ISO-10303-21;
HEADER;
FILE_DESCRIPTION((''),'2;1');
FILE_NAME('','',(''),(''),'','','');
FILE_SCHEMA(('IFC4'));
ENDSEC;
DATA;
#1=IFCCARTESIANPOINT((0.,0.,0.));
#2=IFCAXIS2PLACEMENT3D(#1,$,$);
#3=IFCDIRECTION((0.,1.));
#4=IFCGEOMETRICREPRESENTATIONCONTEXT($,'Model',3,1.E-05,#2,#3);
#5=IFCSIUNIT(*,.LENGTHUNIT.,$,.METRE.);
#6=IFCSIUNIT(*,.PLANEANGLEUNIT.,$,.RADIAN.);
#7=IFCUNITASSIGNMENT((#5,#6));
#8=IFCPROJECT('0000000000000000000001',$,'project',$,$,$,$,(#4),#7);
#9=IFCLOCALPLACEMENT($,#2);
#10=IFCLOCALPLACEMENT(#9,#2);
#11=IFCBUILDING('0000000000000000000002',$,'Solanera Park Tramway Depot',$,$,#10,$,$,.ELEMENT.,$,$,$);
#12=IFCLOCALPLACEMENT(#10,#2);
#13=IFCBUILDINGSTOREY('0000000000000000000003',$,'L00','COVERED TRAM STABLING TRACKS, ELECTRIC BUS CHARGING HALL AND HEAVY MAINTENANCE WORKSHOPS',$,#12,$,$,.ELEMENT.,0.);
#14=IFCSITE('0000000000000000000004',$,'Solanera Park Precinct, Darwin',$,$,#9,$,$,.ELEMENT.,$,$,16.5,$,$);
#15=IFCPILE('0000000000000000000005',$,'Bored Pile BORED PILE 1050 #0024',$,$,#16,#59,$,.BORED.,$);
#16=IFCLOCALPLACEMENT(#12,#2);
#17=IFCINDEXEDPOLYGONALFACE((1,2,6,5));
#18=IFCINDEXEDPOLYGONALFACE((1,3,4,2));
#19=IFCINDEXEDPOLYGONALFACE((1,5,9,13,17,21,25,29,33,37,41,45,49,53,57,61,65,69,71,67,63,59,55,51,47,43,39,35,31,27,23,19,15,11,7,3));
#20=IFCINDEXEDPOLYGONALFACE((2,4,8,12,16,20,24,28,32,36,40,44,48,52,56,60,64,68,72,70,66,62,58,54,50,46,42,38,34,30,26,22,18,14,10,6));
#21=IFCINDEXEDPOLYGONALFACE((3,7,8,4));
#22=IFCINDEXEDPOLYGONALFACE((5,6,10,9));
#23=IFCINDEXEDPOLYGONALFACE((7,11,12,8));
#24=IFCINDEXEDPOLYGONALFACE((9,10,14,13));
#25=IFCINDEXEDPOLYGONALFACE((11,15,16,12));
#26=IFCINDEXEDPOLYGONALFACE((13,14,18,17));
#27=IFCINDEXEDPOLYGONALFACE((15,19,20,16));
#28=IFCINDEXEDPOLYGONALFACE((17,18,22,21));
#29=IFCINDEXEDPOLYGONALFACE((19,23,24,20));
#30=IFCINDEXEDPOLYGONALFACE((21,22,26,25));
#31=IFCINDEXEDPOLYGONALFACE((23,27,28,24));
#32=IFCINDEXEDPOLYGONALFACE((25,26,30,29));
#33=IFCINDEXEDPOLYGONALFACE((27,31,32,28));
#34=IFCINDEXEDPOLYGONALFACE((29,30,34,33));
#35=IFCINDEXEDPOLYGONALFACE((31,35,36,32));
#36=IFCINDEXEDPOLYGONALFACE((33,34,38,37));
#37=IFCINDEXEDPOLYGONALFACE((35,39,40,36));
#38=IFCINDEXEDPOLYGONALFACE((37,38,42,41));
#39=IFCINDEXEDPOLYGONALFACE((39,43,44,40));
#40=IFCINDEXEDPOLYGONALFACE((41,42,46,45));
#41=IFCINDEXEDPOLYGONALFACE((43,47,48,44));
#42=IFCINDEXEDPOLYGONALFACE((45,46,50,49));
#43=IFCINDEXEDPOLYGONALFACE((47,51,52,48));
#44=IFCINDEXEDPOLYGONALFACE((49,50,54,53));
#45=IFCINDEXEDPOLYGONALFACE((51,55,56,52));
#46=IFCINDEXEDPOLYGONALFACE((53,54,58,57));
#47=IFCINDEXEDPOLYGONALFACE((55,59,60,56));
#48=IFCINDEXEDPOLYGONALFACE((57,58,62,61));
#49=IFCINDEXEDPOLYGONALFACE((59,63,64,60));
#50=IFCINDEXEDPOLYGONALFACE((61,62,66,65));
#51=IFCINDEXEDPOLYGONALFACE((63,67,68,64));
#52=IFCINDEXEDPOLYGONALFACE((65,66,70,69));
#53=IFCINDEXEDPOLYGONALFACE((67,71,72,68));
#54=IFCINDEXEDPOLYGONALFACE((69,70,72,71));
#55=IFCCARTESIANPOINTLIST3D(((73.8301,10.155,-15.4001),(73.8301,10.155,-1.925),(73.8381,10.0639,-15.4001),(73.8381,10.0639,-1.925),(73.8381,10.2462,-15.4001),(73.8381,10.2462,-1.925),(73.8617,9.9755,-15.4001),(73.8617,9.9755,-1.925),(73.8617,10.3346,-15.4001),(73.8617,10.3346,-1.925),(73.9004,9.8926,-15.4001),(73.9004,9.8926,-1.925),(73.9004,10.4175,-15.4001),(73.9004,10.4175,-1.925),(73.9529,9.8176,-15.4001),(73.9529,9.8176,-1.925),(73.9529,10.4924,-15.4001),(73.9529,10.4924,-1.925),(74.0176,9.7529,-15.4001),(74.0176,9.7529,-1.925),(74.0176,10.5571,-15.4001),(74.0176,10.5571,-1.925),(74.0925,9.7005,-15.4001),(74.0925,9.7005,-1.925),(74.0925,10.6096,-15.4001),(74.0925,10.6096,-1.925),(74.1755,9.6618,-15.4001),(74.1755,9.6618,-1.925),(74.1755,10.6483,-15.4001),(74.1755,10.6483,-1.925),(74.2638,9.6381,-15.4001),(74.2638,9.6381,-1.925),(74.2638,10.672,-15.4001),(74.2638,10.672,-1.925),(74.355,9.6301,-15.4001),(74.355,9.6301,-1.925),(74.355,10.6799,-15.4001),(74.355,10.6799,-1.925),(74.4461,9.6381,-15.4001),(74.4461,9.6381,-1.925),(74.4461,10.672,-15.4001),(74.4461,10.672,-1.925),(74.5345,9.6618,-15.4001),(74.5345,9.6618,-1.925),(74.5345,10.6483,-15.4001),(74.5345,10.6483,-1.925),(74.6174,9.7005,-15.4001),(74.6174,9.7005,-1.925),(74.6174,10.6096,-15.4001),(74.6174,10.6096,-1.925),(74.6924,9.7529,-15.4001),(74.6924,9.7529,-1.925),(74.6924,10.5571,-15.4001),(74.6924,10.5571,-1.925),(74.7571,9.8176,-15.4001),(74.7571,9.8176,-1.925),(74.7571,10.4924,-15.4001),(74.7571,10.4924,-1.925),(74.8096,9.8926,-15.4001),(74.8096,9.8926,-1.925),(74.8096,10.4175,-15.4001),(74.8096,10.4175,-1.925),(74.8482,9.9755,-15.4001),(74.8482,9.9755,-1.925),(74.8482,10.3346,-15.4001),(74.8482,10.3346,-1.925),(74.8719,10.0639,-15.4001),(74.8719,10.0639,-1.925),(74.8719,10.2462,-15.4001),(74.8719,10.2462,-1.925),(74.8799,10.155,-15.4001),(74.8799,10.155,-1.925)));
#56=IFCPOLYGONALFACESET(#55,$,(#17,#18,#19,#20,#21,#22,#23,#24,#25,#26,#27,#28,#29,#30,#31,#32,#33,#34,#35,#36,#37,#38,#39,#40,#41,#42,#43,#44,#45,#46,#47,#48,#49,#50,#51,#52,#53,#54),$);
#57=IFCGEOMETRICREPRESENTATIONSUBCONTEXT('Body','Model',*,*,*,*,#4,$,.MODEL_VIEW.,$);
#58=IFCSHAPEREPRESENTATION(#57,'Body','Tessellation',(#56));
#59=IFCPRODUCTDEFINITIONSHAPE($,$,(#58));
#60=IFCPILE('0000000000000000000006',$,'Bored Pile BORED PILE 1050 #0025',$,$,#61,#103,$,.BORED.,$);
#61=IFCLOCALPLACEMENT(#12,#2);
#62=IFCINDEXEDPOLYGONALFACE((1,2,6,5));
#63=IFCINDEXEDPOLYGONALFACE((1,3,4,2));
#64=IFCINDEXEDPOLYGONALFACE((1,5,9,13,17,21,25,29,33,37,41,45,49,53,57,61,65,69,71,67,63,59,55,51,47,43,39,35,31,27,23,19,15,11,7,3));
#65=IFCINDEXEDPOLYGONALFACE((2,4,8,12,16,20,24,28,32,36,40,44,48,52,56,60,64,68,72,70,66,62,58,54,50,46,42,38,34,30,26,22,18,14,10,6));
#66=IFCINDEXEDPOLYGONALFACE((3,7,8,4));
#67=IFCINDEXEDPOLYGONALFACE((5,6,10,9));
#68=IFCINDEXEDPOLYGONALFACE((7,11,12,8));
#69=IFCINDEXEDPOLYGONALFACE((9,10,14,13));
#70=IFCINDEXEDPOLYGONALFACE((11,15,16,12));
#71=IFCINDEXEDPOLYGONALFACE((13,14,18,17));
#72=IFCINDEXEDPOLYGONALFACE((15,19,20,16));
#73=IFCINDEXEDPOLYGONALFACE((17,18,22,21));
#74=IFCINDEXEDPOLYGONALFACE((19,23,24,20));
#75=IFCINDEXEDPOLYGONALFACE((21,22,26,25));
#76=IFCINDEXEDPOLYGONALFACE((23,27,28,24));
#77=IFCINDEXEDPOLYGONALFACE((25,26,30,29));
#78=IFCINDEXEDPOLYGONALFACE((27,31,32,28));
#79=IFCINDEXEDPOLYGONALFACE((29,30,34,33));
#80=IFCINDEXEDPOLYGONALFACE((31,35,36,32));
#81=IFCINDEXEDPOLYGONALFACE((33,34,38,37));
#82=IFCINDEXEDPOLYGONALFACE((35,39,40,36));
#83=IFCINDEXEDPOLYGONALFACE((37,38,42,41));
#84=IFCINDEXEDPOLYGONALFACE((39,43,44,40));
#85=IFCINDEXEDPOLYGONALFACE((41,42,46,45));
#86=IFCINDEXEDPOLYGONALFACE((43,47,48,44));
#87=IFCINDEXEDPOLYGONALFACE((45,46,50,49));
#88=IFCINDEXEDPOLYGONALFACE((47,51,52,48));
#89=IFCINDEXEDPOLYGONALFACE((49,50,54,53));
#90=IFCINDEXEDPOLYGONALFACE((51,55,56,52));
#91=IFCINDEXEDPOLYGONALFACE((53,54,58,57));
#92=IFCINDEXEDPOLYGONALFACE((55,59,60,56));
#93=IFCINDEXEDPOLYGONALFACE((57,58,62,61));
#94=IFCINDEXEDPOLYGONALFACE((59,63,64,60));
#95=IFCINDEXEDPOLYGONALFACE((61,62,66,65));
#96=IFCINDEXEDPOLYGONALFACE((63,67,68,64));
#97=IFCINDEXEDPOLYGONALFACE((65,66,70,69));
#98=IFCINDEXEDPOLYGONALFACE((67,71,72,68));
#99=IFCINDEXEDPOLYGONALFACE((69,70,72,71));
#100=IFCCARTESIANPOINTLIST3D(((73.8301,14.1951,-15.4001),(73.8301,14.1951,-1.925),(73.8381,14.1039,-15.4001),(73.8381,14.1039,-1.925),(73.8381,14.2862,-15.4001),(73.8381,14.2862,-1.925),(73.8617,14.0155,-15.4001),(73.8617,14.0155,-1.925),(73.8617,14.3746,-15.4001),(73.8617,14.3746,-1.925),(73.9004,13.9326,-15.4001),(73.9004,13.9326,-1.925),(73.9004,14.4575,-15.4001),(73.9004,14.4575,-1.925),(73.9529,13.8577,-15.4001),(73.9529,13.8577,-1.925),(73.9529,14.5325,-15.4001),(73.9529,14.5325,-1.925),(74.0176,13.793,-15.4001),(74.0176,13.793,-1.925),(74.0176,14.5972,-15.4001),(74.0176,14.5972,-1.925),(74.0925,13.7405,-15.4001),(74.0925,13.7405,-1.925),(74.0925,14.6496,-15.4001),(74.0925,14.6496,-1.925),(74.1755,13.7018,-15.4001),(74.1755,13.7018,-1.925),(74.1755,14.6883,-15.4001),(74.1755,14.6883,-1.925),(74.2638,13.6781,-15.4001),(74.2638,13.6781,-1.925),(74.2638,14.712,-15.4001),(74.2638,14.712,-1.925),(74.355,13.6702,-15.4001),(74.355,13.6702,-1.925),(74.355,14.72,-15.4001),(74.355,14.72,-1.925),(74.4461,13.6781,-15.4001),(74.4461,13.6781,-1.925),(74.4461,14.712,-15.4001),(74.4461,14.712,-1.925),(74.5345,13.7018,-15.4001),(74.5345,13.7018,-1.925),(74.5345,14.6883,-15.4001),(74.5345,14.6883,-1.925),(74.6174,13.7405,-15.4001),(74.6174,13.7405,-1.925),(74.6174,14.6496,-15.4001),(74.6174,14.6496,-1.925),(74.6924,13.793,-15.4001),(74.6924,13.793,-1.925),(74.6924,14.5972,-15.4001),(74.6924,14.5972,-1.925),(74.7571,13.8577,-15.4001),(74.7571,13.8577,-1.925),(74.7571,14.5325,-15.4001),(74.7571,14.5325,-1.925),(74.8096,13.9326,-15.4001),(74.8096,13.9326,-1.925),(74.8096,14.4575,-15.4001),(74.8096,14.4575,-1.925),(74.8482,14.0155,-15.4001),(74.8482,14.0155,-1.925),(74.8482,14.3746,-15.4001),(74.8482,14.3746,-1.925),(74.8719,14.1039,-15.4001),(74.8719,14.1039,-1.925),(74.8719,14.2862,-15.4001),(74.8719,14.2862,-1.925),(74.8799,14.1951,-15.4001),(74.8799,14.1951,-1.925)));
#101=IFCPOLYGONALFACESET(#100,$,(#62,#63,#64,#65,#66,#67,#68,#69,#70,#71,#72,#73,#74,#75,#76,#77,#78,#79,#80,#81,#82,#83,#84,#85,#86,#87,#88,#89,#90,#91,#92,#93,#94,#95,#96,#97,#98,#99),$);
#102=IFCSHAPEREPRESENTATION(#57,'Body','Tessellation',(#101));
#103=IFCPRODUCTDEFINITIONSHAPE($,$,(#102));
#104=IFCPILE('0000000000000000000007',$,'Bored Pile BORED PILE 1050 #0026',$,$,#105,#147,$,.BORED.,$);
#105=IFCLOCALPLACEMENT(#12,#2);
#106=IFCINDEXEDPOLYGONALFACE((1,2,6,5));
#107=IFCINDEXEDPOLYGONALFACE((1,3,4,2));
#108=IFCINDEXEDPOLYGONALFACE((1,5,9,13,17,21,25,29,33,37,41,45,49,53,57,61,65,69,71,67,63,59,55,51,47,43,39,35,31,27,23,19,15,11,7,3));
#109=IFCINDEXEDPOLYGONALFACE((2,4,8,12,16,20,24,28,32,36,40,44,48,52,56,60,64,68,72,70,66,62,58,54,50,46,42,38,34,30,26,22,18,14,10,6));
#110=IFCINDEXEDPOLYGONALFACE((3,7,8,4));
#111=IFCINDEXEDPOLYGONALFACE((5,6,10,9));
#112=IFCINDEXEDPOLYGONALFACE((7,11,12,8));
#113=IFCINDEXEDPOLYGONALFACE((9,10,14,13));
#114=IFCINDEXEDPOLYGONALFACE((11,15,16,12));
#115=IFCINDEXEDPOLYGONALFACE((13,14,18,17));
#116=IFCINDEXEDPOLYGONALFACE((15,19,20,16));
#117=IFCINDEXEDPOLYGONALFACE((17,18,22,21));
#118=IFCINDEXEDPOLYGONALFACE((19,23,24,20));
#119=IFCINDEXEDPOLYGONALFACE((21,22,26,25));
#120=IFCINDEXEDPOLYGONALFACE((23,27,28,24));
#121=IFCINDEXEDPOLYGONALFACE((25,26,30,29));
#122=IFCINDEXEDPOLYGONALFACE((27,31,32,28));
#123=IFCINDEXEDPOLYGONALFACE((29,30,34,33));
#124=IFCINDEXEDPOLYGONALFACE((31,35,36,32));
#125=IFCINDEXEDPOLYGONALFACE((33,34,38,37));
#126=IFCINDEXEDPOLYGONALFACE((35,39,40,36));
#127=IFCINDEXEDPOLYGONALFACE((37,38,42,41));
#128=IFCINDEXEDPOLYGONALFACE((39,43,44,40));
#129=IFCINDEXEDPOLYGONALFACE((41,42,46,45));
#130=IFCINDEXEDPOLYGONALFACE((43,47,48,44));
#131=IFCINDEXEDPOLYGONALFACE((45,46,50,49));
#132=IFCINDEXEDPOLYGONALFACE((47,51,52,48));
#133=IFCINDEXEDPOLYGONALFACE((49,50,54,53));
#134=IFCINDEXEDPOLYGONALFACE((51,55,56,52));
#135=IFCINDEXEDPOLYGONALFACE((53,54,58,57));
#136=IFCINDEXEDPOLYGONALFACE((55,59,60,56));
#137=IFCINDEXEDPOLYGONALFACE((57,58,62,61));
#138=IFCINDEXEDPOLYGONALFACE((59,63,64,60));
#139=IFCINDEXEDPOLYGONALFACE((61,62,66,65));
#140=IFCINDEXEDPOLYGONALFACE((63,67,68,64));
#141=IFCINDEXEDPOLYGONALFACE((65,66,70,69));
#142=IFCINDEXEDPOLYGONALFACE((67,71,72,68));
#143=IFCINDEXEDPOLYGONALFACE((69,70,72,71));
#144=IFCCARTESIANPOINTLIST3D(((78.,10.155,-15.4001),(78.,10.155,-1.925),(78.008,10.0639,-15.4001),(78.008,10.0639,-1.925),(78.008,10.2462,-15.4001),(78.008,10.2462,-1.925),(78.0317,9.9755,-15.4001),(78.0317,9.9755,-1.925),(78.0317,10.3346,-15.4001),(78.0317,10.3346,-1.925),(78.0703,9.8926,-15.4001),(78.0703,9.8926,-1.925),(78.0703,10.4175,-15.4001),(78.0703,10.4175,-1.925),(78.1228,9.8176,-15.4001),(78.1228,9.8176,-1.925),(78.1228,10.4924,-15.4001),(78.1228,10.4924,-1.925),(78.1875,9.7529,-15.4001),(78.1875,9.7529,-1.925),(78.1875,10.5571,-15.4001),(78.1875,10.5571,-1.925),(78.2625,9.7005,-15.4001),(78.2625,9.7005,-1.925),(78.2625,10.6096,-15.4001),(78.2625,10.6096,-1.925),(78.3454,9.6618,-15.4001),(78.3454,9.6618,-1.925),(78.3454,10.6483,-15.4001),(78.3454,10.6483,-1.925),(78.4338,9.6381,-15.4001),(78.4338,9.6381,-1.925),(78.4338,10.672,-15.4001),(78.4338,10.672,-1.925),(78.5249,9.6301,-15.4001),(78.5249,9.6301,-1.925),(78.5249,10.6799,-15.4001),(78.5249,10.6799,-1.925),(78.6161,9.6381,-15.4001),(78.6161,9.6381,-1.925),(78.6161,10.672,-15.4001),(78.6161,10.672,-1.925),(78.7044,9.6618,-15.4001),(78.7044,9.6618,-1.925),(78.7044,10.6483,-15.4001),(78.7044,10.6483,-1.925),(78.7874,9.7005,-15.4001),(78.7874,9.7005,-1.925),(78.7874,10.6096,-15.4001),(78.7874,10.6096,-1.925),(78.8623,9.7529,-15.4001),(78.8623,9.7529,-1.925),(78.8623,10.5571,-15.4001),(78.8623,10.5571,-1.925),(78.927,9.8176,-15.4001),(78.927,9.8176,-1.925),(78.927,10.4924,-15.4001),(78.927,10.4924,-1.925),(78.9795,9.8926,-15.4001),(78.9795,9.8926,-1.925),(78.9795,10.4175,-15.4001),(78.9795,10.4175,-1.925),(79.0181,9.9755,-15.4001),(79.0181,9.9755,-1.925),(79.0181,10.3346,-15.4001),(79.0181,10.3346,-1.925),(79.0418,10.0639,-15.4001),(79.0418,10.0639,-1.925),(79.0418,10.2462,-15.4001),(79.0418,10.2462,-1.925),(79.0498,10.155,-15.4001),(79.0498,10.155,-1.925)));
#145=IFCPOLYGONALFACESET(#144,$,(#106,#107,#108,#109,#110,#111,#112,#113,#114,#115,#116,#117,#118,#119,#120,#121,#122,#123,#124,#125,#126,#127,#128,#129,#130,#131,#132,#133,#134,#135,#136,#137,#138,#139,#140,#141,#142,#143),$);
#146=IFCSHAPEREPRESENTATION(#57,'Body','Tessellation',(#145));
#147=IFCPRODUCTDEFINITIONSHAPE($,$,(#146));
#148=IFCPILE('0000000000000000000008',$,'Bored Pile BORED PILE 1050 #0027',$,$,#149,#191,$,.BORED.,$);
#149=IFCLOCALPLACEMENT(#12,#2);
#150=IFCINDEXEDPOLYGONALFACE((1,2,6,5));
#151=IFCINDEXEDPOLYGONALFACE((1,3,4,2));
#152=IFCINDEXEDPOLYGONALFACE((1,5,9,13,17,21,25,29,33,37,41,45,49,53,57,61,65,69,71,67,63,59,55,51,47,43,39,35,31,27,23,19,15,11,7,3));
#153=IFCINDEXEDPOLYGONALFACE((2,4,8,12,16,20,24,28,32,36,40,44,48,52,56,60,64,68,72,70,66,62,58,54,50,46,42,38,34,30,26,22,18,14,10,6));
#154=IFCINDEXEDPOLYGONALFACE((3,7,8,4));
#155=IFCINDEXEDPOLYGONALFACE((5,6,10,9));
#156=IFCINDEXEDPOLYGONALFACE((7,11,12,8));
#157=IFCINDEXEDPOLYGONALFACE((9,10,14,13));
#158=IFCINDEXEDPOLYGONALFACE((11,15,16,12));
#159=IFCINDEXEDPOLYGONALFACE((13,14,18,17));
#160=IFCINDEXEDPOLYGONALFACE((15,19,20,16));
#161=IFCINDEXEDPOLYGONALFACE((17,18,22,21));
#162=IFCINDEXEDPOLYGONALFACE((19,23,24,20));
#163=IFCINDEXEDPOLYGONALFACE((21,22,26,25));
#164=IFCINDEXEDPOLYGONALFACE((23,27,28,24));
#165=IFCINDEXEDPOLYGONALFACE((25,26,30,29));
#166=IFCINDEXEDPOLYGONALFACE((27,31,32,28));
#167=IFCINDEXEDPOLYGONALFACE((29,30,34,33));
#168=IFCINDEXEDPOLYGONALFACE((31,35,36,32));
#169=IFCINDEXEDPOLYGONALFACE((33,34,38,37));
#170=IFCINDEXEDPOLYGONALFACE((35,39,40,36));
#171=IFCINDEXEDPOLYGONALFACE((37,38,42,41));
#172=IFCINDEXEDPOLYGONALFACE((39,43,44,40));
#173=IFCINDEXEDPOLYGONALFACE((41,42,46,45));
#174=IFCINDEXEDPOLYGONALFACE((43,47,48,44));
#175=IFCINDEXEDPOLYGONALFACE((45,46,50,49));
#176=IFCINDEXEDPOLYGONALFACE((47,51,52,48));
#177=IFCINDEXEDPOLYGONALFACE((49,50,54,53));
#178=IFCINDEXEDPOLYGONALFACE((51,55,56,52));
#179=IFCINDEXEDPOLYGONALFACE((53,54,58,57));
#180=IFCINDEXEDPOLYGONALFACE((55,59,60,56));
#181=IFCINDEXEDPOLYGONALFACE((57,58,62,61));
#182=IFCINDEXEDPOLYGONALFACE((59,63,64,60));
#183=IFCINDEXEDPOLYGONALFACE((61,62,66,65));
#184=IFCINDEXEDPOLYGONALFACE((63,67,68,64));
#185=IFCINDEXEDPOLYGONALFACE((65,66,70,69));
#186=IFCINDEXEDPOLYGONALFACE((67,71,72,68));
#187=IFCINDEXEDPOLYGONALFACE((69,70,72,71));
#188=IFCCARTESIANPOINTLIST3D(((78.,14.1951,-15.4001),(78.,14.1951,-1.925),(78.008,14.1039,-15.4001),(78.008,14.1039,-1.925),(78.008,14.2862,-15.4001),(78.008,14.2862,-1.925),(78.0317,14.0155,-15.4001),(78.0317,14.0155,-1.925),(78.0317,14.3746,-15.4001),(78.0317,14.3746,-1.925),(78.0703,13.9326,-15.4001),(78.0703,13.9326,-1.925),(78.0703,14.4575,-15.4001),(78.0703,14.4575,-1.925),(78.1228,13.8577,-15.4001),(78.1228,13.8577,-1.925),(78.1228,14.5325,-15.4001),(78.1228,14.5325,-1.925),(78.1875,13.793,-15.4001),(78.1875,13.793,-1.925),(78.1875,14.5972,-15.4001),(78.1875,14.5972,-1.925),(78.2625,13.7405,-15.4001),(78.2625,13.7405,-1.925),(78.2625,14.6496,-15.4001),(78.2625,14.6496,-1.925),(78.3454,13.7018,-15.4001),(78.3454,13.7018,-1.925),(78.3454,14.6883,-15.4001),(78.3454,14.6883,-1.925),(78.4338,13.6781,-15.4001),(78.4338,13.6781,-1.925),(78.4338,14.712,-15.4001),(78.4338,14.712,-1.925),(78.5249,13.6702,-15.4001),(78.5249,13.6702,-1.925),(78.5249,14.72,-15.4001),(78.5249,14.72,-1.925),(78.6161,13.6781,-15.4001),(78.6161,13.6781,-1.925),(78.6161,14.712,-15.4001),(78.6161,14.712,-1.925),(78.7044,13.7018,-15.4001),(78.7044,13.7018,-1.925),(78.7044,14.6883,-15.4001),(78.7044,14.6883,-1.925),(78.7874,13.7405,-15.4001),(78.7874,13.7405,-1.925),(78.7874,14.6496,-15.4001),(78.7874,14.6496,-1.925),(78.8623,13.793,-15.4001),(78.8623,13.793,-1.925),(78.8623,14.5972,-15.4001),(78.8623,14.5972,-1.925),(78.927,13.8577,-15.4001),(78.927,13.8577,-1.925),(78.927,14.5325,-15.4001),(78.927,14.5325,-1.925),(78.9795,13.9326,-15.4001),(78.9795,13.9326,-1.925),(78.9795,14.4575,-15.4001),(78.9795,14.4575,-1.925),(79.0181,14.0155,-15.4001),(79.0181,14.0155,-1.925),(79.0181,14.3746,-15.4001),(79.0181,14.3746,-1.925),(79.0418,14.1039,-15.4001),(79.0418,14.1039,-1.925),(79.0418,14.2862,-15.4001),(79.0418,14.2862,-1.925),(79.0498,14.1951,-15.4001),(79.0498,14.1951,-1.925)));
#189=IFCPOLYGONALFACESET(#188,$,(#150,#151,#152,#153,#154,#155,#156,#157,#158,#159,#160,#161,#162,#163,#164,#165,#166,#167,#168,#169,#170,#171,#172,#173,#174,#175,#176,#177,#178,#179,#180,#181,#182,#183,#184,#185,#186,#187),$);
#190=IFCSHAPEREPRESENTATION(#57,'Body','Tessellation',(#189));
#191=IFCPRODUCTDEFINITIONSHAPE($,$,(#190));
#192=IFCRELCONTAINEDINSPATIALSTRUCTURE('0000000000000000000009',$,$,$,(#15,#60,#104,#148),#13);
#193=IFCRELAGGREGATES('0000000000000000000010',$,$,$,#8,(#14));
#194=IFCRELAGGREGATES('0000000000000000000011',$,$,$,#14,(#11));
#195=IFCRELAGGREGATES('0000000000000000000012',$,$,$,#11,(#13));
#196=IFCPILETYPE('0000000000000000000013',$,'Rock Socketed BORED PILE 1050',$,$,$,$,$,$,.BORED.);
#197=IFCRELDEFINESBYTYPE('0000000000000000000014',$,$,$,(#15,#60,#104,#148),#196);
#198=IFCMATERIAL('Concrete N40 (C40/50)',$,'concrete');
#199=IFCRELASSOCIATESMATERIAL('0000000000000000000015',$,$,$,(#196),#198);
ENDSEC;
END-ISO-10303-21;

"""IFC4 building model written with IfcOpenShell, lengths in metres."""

from ifc_helpers import new_model, si_unit, direction, frame, origin, origin_2d, place, context, subcontext, project, spatial, circle, extrude, material, material_profile, profile_set, type_object, element, save


model = new_model("IFC4")

# Units and contexts
model_context = context("Model", 3, precision=1e-05, world=origin(), true_north=direction((0.0, 1.0)))
body_context = subcontext(model_context, "Body", "Model", "MODEL_VIEW")
ifc_project = project(units=[si_unit("LENGTHUNIT", "METRE"), si_unit("PLANEANGLEUNIT", "RADIAN")], contexts=[model_context])

# Site, building, storey
site_placement = place(None, origin())
site = spatial("IfcSite", under=ifc_project, at=site_placement, Name="Solanera Park Precinct, Darwin", CompositionType="ELEMENT", RefElevation=16.5)
building_placement = place(site_placement, origin())
building = spatial("IfcBuilding", under=site, at=building_placement, Name="Solanera Park Tramway Depot", CompositionType="ELEMENT")
storey_placement = place(building_placement, origin())
storey = spatial("IfcBuildingStorey", under=building, at=storey_placement, Name="L00", Description="COVERED TRAM STABLING TRACKS, ELECTRIC BUS CHARGING HALL AND HEAVY MAINTENANCE WORKSHOPS", CompositionType="ELEMENT", Elevation=0.0)

# Piles
ifc_material_1 = material(Name="Concrete N40 (C40/50)", Category="concrete")
ifc_material_profile_1 = material_profile(ifc_material_1, circle(Radius=0.5249, at=origin_2d()), Name="BORED PILE 1050")
ifc_profile_set_1 = profile_set([ifc_material_profile_1], Name="Concrete N40 (C40/50)")
pile_type_1 = type_object("IfcPileType", Name="Rock Socketed BORED PILE 1050", PredefinedType="BORED", material=ifc_profile_set_1)
for number, where, z_axis, x_axis, name in (
    (1, (74.355, 10.155, -1.925), (0.0, 0.0, -1.0), (1.0, 0.0, 0.0), "Bored Pile BORED PILE 1050 #0024"),
    (2, (74.355, 14.1951, -1.925), (0.0, 0.0, -1.0), (1.0, 0.0, 0.0), "Bored Pile BORED PILE 1050 #0025"),
    (3, (78.5249, 10.155, -1.925), (0.0, 0.0, -1.0), (1.0, 0.0, 0.0), "Bored Pile BORED PILE 1050 #0026"),
    (4, (78.5249, 14.1951, -1.925), (0.0, 0.0, -1.0), (1.0, 0.0, 0.0), "Bored Pile BORED PILE 1050 #0027"),
):
    element("IfcPile", number, at=place(storey_placement, frame(where, z_axis=z_axis, x_axis=x_axis)), inside=storey, type_object=pile_type_1, Name=name, PredefinedType="BORED", context=body_context, shape_type="SweptSolid", body=[
        extrude(circle(Radius=0.5249, at=origin_2d()), origin(), (0.0, 0.0, 1.0), 13.4751),
    ])

save(model, "model.ifc")
